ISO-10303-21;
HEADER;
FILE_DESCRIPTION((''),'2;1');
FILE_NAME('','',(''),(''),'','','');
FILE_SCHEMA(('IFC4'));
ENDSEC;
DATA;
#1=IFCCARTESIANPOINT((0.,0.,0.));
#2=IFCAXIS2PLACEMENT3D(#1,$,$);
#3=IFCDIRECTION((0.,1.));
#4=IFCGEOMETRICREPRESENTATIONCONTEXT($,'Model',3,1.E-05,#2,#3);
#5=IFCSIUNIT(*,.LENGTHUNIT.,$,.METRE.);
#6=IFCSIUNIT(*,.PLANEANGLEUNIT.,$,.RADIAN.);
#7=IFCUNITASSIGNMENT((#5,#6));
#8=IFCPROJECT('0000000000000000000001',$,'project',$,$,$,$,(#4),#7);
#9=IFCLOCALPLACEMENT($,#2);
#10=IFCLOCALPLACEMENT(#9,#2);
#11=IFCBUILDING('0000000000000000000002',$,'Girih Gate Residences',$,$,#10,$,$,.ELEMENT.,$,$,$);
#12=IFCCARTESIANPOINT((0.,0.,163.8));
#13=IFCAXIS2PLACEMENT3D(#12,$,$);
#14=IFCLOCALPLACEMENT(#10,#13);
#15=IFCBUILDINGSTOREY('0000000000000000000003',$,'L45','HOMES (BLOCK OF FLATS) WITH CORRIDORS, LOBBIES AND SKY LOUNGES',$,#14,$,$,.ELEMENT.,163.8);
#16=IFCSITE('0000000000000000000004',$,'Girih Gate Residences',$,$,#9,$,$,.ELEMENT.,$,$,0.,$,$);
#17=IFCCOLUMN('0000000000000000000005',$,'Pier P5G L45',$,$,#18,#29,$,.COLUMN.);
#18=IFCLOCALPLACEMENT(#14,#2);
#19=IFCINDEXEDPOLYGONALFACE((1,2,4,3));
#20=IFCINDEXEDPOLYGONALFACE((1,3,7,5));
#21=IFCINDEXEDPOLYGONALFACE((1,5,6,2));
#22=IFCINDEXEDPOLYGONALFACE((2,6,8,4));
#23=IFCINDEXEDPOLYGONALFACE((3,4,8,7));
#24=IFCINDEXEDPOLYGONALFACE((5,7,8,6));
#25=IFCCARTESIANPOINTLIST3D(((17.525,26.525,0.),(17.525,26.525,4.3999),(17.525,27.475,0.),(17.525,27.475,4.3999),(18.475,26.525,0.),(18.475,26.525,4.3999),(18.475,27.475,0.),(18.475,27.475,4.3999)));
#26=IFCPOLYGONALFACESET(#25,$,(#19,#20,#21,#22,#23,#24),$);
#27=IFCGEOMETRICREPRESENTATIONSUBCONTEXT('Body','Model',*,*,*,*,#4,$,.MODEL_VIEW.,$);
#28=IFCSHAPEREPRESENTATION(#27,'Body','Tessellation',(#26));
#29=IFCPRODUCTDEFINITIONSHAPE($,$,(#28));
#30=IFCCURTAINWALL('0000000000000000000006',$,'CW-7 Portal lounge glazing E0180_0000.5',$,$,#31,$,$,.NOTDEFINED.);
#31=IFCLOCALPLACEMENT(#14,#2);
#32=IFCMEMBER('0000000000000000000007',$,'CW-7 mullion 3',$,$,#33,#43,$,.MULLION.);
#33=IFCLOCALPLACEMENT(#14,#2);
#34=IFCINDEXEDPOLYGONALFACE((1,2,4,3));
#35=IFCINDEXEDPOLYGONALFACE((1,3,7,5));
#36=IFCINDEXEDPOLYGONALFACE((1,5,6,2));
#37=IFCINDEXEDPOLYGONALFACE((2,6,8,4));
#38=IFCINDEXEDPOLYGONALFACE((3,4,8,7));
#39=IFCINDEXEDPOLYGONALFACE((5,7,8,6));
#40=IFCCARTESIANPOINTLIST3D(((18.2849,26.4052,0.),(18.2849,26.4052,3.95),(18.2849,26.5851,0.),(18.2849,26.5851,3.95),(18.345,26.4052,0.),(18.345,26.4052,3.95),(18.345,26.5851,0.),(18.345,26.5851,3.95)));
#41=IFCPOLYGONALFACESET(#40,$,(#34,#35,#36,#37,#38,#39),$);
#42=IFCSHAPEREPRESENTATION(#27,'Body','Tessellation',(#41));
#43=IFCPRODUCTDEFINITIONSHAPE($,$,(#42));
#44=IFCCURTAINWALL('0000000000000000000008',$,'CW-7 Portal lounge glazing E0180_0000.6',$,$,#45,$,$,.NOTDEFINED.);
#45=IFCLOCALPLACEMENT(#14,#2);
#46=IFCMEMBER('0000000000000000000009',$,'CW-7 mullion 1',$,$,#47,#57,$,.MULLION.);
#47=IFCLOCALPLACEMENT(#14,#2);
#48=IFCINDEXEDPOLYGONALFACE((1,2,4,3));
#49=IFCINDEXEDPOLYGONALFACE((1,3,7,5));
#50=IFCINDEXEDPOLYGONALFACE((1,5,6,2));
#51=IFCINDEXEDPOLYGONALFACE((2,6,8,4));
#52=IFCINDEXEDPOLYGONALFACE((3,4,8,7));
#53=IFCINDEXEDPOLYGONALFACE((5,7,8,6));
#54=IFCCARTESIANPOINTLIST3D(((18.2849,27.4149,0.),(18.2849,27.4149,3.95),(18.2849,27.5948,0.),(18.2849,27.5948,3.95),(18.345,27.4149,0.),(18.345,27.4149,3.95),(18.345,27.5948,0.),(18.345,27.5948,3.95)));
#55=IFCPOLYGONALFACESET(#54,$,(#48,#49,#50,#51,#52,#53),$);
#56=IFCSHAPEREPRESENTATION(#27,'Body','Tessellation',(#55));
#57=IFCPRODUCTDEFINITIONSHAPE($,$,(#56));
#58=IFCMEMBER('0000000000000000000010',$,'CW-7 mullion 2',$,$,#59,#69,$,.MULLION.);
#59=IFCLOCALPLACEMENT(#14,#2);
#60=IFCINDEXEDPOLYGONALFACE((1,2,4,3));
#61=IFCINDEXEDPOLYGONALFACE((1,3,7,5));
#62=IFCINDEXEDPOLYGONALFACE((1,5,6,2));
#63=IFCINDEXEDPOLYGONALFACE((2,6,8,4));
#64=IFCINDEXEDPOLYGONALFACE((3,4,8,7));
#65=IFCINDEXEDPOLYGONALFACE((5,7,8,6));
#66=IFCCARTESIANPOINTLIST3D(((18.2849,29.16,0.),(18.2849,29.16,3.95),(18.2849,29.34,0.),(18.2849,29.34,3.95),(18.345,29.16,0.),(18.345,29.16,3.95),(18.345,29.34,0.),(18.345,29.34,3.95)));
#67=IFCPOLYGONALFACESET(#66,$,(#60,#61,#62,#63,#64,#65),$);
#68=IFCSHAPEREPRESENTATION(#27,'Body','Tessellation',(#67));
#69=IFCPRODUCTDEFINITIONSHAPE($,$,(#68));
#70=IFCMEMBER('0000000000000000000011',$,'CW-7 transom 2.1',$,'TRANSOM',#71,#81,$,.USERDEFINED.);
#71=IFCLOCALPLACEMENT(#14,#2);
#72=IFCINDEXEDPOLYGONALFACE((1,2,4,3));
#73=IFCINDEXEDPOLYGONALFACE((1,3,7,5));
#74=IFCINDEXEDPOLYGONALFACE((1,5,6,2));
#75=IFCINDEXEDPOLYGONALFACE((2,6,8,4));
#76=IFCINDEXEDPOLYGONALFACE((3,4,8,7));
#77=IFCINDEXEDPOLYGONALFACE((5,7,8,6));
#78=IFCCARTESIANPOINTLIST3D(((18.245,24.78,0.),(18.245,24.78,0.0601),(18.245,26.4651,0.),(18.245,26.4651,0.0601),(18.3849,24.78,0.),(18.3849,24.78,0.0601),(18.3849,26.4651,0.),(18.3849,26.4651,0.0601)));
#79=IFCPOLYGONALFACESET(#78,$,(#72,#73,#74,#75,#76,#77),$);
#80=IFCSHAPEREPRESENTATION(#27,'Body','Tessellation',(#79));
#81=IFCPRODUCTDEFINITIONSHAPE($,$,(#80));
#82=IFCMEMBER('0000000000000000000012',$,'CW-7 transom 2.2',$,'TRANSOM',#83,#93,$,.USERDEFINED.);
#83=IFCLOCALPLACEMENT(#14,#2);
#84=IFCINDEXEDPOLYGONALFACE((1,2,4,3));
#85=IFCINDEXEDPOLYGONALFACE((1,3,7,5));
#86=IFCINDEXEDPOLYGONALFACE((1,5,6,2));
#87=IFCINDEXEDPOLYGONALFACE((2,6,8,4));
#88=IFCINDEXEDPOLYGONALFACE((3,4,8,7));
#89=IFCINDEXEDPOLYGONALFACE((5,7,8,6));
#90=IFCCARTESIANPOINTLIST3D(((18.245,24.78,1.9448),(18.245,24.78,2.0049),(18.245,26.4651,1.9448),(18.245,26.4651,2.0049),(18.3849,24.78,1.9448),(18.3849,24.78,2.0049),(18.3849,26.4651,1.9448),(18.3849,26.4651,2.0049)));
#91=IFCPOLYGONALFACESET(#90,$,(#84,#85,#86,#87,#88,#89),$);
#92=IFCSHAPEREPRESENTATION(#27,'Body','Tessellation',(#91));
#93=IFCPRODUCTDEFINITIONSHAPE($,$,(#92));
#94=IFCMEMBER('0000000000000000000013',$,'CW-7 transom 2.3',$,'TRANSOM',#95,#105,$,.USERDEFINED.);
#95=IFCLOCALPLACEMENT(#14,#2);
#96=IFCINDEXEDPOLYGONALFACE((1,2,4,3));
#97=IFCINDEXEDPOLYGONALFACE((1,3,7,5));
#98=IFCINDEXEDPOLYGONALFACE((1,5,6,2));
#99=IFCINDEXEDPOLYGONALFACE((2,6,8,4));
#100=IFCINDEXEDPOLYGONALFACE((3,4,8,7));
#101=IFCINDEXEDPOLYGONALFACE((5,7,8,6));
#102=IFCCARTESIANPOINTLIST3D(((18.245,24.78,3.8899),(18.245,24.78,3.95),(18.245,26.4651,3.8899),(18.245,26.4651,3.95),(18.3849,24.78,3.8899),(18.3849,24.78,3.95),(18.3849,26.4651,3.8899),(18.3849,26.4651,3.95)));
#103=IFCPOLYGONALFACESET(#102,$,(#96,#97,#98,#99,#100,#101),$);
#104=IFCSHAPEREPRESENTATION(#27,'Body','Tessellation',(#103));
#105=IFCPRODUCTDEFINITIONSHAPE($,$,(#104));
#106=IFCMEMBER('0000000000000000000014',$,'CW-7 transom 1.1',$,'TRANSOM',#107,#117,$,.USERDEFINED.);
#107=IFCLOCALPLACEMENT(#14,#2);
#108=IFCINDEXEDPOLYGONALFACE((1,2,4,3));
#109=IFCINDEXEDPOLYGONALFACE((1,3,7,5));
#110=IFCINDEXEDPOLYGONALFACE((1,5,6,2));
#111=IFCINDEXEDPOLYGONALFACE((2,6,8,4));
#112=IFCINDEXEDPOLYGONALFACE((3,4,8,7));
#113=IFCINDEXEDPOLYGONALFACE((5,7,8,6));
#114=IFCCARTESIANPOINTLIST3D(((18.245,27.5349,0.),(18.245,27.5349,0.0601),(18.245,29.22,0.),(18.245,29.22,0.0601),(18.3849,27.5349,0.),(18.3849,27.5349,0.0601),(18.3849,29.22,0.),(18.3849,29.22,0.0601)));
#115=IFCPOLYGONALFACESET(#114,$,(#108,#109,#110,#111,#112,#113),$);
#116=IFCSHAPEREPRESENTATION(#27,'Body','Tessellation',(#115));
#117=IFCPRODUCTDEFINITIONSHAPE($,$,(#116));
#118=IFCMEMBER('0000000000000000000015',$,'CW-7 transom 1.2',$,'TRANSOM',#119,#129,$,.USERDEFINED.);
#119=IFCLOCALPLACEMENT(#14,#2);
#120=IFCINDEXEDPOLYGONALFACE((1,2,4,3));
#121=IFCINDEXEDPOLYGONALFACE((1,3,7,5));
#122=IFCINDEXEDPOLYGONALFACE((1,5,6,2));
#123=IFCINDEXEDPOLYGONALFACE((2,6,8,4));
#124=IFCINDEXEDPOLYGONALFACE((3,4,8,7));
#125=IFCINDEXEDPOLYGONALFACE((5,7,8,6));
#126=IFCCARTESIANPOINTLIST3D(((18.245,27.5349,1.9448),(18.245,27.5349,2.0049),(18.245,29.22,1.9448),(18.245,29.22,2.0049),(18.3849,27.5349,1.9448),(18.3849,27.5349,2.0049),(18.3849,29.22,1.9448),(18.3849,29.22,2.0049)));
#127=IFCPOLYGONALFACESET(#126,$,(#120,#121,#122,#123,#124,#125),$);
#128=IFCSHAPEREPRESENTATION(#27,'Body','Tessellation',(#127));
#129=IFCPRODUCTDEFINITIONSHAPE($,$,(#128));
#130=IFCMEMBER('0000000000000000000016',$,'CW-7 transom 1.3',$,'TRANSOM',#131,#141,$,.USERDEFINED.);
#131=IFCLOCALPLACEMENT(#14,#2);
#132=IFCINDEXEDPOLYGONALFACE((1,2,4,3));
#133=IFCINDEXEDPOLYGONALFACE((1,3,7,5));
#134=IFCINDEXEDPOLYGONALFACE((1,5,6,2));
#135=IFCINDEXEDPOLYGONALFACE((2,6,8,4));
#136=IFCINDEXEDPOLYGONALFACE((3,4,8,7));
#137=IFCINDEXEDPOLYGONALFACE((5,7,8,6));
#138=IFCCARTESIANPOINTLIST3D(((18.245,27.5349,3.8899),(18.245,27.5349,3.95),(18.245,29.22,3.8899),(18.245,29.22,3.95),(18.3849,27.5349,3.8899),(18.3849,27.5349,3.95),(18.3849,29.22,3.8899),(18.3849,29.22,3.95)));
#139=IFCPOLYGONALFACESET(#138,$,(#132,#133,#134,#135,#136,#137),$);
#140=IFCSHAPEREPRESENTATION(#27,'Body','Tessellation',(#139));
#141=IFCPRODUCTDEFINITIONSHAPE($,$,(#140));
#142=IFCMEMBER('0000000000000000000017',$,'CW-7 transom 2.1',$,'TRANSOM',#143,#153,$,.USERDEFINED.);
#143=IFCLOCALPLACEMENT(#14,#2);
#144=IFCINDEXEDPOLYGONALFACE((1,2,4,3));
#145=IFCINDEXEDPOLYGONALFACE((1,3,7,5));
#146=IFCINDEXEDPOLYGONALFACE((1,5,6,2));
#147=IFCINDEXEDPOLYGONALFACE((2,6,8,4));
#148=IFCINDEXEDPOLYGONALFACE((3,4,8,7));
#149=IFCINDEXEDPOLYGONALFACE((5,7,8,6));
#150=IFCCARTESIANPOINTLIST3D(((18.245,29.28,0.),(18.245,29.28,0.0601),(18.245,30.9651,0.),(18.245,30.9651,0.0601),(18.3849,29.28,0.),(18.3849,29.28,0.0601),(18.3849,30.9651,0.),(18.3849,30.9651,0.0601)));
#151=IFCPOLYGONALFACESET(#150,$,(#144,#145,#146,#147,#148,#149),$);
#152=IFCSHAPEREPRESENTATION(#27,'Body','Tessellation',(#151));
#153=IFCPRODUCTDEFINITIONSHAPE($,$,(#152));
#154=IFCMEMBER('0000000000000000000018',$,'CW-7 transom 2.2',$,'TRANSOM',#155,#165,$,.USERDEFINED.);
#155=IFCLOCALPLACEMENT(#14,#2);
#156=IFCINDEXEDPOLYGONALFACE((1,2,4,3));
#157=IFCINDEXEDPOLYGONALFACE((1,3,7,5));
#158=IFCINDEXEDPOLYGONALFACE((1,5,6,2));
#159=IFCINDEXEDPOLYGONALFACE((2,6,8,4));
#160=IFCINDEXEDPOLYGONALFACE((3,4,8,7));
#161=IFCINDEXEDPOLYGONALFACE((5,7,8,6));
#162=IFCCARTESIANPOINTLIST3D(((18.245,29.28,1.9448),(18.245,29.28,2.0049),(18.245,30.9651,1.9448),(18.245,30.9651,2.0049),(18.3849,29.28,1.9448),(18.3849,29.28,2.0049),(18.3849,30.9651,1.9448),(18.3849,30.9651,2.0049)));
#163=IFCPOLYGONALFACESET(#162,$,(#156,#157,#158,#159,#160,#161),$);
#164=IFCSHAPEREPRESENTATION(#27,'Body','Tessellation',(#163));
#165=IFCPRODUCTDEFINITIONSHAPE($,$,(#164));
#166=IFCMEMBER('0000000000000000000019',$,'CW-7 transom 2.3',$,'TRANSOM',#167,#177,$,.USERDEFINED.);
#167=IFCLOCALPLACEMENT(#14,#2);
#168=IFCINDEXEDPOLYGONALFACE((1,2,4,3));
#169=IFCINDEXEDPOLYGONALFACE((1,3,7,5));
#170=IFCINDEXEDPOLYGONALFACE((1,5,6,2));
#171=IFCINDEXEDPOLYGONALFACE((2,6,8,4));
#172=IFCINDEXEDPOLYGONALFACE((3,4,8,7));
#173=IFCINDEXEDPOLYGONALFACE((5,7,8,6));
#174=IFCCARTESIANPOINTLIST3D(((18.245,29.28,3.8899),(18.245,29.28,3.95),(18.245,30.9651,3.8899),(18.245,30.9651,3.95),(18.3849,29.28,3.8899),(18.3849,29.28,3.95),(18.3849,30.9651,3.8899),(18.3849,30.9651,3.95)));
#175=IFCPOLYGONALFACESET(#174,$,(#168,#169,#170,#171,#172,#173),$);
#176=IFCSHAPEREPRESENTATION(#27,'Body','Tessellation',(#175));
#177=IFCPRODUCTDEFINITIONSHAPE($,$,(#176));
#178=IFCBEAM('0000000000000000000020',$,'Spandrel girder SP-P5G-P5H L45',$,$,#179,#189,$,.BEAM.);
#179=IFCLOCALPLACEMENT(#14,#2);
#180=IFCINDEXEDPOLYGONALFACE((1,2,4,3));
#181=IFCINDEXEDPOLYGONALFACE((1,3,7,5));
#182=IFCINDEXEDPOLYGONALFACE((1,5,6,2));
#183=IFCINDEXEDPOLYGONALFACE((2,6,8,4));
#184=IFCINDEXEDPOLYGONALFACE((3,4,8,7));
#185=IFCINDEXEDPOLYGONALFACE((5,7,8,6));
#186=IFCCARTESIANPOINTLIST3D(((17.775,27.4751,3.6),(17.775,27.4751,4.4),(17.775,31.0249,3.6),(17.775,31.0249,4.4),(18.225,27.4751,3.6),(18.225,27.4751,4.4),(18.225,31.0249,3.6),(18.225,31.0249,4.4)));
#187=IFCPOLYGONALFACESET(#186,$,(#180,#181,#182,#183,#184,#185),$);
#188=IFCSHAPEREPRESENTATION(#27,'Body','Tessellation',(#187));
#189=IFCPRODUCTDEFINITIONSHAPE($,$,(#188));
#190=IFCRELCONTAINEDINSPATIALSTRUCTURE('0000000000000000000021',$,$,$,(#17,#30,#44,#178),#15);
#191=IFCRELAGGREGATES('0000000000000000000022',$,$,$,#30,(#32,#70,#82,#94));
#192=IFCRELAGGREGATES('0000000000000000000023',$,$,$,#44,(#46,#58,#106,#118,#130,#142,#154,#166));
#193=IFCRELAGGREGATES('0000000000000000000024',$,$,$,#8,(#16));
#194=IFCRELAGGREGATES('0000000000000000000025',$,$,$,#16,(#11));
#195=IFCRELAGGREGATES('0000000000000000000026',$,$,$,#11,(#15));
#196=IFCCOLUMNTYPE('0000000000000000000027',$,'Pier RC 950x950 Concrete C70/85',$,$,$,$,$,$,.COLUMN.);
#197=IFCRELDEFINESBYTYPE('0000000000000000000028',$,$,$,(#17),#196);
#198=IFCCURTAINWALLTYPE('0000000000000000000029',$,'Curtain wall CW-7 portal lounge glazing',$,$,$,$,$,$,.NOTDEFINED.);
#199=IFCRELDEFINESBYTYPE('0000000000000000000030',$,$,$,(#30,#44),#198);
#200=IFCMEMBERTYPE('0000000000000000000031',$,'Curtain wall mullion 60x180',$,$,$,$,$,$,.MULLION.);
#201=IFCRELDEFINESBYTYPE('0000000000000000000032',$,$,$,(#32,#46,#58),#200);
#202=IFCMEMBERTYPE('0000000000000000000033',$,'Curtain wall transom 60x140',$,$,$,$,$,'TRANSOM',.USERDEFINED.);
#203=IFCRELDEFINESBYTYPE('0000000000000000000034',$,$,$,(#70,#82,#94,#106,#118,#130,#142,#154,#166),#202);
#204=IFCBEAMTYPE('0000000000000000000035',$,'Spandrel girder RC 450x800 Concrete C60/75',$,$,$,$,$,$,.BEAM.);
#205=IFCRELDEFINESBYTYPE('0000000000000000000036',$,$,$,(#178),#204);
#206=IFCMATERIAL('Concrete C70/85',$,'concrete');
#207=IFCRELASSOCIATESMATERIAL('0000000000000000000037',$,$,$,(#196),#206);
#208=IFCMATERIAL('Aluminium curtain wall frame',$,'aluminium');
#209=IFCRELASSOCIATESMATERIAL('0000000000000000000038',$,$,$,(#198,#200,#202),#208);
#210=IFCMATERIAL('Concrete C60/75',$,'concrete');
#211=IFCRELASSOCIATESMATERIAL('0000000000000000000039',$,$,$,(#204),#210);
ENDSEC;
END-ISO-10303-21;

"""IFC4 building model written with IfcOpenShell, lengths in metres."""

from ifc_helpers import new_model, si_unit, direction, frame, origin, origin_2d, place, context, subcontext, project, spatial, rectangle, extrude, material, material_profile, profile_set, type_object, element, aggregate, save


model = new_model("IFC4")

# Units and contexts
model_context = context("Model", 3, precision=1e-05, world=origin(), true_north=direction((0.0, 1.0)))
body_context = subcontext(model_context, "Body", "Model", "MODEL_VIEW")
ifc_project = project(units=[si_unit("LENGTHUNIT", "METRE"), si_unit("PLANEANGLEUNIT", "RADIAN")], contexts=[model_context])

# Site, building, storey
site_placement = place(None, origin())
site = spatial("IfcSite", under=ifc_project, at=site_placement, Name="Girih Gate Residences", CompositionType="ELEMENT", RefElevation=0.0)
building_placement = place(site_placement, origin())
building = spatial("IfcBuilding", under=site, at=building_placement, Name="Girih Gate Residences", CompositionType="ELEMENT")
storey_placement = place(building_placement, frame((0.0, 0.0, 163.8)))
storey = spatial("IfcBuildingStorey", under=building, at=storey_placement, Name="L45", Description="HOMES (BLOCK OF FLATS) WITH CORRIDORS, LOBBIES AND SKY LOUNGES", CompositionType="ELEMENT", Elevation=163.8)

# Column
ifc_material_1 = material(Name="Concrete C70/85", Category="concrete")
ifc_material_profile_1 = material_profile(ifc_material_1, rectangle(XDim=0.95, YDim=0.95, at=origin_2d()))
ifc_profile_set_1 = profile_set([ifc_material_profile_1], Name="Concrete C70/85")
column_type = type_object("IfcColumnType", Name="Pier RC 950x950 Concrete C70/85", PredefinedType="COLUMN", material=ifc_profile_set_1)
column_placement = place(storey_placement, frame((18.0, 27.0, 0.0), z_axis=(0.0, 0.0, 1.0), x_axis=(1.0, 0.0, 0.0)))
element("IfcColumn", 1, at=column_placement, inside=storey, type_object=column_type, Name="Pier P5G L45", PredefinedType="COLUMN", context=body_context, shape_type="SweptSolid", body=[
    extrude(rectangle(XDim=0.95, YDim=0.95, at=origin_2d()), origin(), (0.0, 0.0, 1.0), 4.3999),
])

# Curtain wall, member
ifc_material_2 = material(Name="Aluminium curtain wall frame", Category="aluminium")
curtain_wall_type = type_object("IfcCurtainWallType", Name="Curtain wall CW-7 portal lounge glazing", PredefinedType="NOTDEFINED", material=ifc_material_2)
curtain_wall_1_placement = place(storey_placement, origin())
curtain_wall_1 = element("IfcCurtainWall", 2, at=curtain_wall_1_placement, inside=storey, type_object=curtain_wall_type, Name="CW-7 Portal lounge glazing E0180_0000.5", PredefinedType="NOTDEFINED")
ifc_material_profile_2 = material_profile(ifc_material_2, rectangle(XDim=0.0601, YDim=0.1799, at=origin_2d()))
ifc_profile_set_2 = profile_set([ifc_material_profile_2], Name="Aluminium curtain wall frame")
member_type_1 = type_object("IfcMemberType", Name="Curtain wall mullion 60x180", PredefinedType="MULLION", material=ifc_profile_set_2)
member_1_placement = place(storey_placement, frame((18.3149, 26.4951, 0.0), z_axis=(0.0, 0.0, 1.0), x_axis=(-1.0, 0.0, 0.0)))
member_1 = element("IfcMember", 3, at=member_1_placement, type_object=member_type_1, Name="CW-7 mullion 3", PredefinedType="MULLION", context=body_context, shape_type="SweptSolid", body=[
    extrude(rectangle(XDim=0.0601, YDim=0.1799, at=origin_2d()), origin(), (0.0, 0.0, 1.0), 3.95),
])

# Curtain wall, members
curtain_wall_2_placement = place(storey_placement, origin())
curtain_wall_2 = element("IfcCurtainWall", 4, at=curtain_wall_2_placement, inside=storey, type_object=curtain_wall_type, Name="CW-7 Portal lounge glazing E0180_0000.6", PredefinedType="NOTDEFINED")
member_2_placement = place(storey_placement, frame((18.3149, 27.5049, 0.0), z_axis=(0.0, 0.0, 1.0), x_axis=(-1.0, 0.0, 0.0)))
member_2 = element("IfcMember", 5, at=member_2_placement, type_object=member_type_1, Name="CW-7 mullion 1", PredefinedType="MULLION", context=body_context, shape_type="SweptSolid", body=[
    extrude(rectangle(XDim=0.0601, YDim=0.1799, at=origin_2d()), origin(), (0.0, 0.0, 1.0), 3.95),
])
member_3_placement = place(storey_placement, frame((18.3149, 29.25, 0.0), z_axis=(0.0, 0.0, 1.0), x_axis=(-1.0, 0.0, 0.0)))
member_3 = element("IfcMember", 6, at=member_3_placement, type_object=member_type_1, Name="CW-7 mullion 2", PredefinedType="MULLION", context=body_context, shape_type="SweptSolid", body=[
    extrude(rectangle(XDim=0.0601, YDim=0.1799, at=origin_2d()), origin(), (0.0, 0.0, 1.0), 3.95),
])

# Members
ifc_material_profile_3 = material_profile(ifc_material_2, rectangle(XDim=0.1399, YDim=0.0601, at=origin_2d()))
ifc_profile_set_3 = profile_set([ifc_material_profile_3], Name="Aluminium curtain wall frame")
member_type_2 = type_object("IfcMemberType", Name="Curtain wall transom 60x140", ElementType="TRANSOM", PredefinedType="USERDEFINED", material=ifc_profile_set_3)
member_4_placement = place(storey_placement, frame((18.3149, 24.78, 0.03), z_axis=(0.0, 1.0, 0.0), x_axis=(-1.0, 0.0, 0.0)))
member_4 = element("IfcMember", 7, at=member_4_placement, type_object=member_type_2, Name="CW-7 transom 2.1", ObjectType="TRANSOM", PredefinedType="USERDEFINED", context=body_context, shape_type="SweptSolid", body=[
    extrude(rectangle(XDim=0.1399, YDim=0.0601, at=origin_2d()), origin(), (0.0, 0.0, 1.0), 1.6851),
])
member_5_placement = place(storey_placement, frame((18.3149, 24.78, 1.9749), z_axis=(0.0, 1.0, 0.0), x_axis=(-1.0, 0.0, 0.0)))
member_5 = element("IfcMember", 8, at=member_5_placement, type_object=member_type_2, Name="CW-7 transom 2.2", ObjectType="TRANSOM", PredefinedType="USERDEFINED", context=body_context, shape_type="SweptSolid", body=[
    extrude(rectangle(XDim=0.1399, YDim=0.0601, at=origin_2d()), origin(), (0.0, 0.0, 1.0), 1.6851),
])
member_6_placement = place(storey_placement, frame((18.3149, 24.78, 3.9199), z_axis=(0.0, 1.0, 0.0), x_axis=(-1.0, 0.0, 0.0)))
member_6 = element("IfcMember", 9, at=member_6_placement, type_object=member_type_2, Name="CW-7 transom 2.3", ObjectType="TRANSOM", PredefinedType="USERDEFINED", context=body_context, shape_type="SweptSolid", body=[
    extrude(rectangle(XDim=0.1399, YDim=0.0601, at=origin_2d()), origin(), (0.0, 0.0, 1.0), 1.6851),
])
member_7_placement = place(storey_placement, frame((18.3149, 27.5349, 0.03), z_axis=(0.0, 1.0, 0.0), x_axis=(-1.0, 0.0, 0.0)))
member_7 = element("IfcMember", 10, at=member_7_placement, type_object=member_type_2, Name="CW-7 transom 1.1", ObjectType="TRANSOM", PredefinedType="USERDEFINED", context=body_context, shape_type="SweptSolid", body=[
    extrude(rectangle(XDim=0.1399, YDim=0.0601, at=origin_2d()), origin(), (0.0, 0.0, 1.0), 1.6851),
])
member_8_placement = place(storey_placement, frame((18.3149, 27.5349, 1.9749), z_axis=(0.0, 1.0, 0.0), x_axis=(-1.0, 0.0, 0.0)))
member_8 = element("IfcMember", 11, at=member_8_placement, type_object=member_type_2, Name="CW-7 transom 1.2", ObjectType="TRANSOM", PredefinedType="USERDEFINED", context=body_context, shape_type="SweptSolid", body=[
    extrude(rectangle(XDim=0.1399, YDim=0.0601, at=origin_2d()), origin(), (0.0, 0.0, 1.0), 1.6851),
])
member_9_placement = place(storey_placement, frame((18.3149, 27.5349, 3.9199), z_axis=(0.0, 1.0, 0.0), x_axis=(-1.0, 0.0, 0.0)))
member_9 = element("IfcMember", 12, at=member_9_placement, type_object=member_type_2, Name="CW-7 transom 1.3", ObjectType="TRANSOM", PredefinedType="USERDEFINED", context=body_context, shape_type="SweptSolid", body=[
    extrude(rectangle(XDim=0.1399, YDim=0.0601, at=origin_2d()), origin(), (0.0, 0.0, 1.0), 1.6851),
])
member_10_placement = place(storey_placement, frame((18.3149, 29.28, 0.03), z_axis=(0.0, 1.0, 0.0), x_axis=(-1.0, 0.0, 0.0)))
member_10 = element("IfcMember", 13, at=member_10_placement, type_object=member_type_2, Name="CW-7 transom 2.1", ObjectType="TRANSOM", PredefinedType="USERDEFINED", context=body_context, shape_type="SweptSolid", body=[
    extrude(rectangle(XDim=0.1399, YDim=0.0601, at=origin_2d()), origin(), (0.0, 0.0, 1.0), 1.6851),
])
member_11_placement = place(storey_placement, frame((18.3149, 29.28, 1.9749), z_axis=(0.0, 1.0, 0.0), x_axis=(-1.0, 0.0, 0.0)))
member_11 = element("IfcMember", 14, at=member_11_placement, type_object=member_type_2, Name="CW-7 transom 2.2", ObjectType="TRANSOM", PredefinedType="USERDEFINED", context=body_context, shape_type="SweptSolid", body=[
    extrude(rectangle(XDim=0.1399, YDim=0.0601, at=origin_2d()), origin(), (0.0, 0.0, 1.0), 1.6851),
])
member_12_placement = place(storey_placement, frame((18.3149, 29.28, 3.9199), z_axis=(0.0, 1.0, 0.0), x_axis=(-1.0, 0.0, 0.0)))
member_12 = element("IfcMember", 15, at=member_12_placement, type_object=member_type_2, Name="CW-7 transom 2.3", ObjectType="TRANSOM", PredefinedType="USERDEFINED", context=body_context, shape_type="SweptSolid", body=[
    extrude(rectangle(XDim=0.1399, YDim=0.0601, at=origin_2d()), origin(), (0.0, 0.0, 1.0), 1.6851),
])

# Beam
ifc_material_3 = material(Name="Concrete C60/75", Category="concrete")
ifc_material_profile_4 = material_profile(ifc_material_3, rectangle(XDim=0.45, YDim=0.8, at=origin_2d()))
ifc_profile_set_4 = profile_set([ifc_material_profile_4], Name="Concrete C60/75")
beam_type = type_object("IfcBeamType", Name="Spandrel girder RC 450x800 Concrete C60/75", PredefinedType="BEAM", material=ifc_profile_set_4)
beam_placement = place(storey_placement, frame((18.0, 27.4751, 4.0), z_axis=(0.0, 1.0, 0.0), x_axis=(-1.0, 0.0, 0.0)))
element("IfcBeam", 16, at=beam_placement, inside=storey, type_object=beam_type, Name="Spandrel girder SP-P5G-P5H L45", PredefinedType="BEAM", context=body_context, shape_type="SweptSolid", body=[
    extrude(rectangle(XDim=0.45, YDim=0.8, at=origin_2d()), origin(), (0.0, 0.0, 1.0), 3.5498),
])

aggregate(curtain_wall_1, [member_1, member_4, member_5, member_6])
aggregate(curtain_wall_2, [member_2, member_3, member_7, member_8, member_9, member_10, member_11, member_12])

save(model, "model.ifc")
